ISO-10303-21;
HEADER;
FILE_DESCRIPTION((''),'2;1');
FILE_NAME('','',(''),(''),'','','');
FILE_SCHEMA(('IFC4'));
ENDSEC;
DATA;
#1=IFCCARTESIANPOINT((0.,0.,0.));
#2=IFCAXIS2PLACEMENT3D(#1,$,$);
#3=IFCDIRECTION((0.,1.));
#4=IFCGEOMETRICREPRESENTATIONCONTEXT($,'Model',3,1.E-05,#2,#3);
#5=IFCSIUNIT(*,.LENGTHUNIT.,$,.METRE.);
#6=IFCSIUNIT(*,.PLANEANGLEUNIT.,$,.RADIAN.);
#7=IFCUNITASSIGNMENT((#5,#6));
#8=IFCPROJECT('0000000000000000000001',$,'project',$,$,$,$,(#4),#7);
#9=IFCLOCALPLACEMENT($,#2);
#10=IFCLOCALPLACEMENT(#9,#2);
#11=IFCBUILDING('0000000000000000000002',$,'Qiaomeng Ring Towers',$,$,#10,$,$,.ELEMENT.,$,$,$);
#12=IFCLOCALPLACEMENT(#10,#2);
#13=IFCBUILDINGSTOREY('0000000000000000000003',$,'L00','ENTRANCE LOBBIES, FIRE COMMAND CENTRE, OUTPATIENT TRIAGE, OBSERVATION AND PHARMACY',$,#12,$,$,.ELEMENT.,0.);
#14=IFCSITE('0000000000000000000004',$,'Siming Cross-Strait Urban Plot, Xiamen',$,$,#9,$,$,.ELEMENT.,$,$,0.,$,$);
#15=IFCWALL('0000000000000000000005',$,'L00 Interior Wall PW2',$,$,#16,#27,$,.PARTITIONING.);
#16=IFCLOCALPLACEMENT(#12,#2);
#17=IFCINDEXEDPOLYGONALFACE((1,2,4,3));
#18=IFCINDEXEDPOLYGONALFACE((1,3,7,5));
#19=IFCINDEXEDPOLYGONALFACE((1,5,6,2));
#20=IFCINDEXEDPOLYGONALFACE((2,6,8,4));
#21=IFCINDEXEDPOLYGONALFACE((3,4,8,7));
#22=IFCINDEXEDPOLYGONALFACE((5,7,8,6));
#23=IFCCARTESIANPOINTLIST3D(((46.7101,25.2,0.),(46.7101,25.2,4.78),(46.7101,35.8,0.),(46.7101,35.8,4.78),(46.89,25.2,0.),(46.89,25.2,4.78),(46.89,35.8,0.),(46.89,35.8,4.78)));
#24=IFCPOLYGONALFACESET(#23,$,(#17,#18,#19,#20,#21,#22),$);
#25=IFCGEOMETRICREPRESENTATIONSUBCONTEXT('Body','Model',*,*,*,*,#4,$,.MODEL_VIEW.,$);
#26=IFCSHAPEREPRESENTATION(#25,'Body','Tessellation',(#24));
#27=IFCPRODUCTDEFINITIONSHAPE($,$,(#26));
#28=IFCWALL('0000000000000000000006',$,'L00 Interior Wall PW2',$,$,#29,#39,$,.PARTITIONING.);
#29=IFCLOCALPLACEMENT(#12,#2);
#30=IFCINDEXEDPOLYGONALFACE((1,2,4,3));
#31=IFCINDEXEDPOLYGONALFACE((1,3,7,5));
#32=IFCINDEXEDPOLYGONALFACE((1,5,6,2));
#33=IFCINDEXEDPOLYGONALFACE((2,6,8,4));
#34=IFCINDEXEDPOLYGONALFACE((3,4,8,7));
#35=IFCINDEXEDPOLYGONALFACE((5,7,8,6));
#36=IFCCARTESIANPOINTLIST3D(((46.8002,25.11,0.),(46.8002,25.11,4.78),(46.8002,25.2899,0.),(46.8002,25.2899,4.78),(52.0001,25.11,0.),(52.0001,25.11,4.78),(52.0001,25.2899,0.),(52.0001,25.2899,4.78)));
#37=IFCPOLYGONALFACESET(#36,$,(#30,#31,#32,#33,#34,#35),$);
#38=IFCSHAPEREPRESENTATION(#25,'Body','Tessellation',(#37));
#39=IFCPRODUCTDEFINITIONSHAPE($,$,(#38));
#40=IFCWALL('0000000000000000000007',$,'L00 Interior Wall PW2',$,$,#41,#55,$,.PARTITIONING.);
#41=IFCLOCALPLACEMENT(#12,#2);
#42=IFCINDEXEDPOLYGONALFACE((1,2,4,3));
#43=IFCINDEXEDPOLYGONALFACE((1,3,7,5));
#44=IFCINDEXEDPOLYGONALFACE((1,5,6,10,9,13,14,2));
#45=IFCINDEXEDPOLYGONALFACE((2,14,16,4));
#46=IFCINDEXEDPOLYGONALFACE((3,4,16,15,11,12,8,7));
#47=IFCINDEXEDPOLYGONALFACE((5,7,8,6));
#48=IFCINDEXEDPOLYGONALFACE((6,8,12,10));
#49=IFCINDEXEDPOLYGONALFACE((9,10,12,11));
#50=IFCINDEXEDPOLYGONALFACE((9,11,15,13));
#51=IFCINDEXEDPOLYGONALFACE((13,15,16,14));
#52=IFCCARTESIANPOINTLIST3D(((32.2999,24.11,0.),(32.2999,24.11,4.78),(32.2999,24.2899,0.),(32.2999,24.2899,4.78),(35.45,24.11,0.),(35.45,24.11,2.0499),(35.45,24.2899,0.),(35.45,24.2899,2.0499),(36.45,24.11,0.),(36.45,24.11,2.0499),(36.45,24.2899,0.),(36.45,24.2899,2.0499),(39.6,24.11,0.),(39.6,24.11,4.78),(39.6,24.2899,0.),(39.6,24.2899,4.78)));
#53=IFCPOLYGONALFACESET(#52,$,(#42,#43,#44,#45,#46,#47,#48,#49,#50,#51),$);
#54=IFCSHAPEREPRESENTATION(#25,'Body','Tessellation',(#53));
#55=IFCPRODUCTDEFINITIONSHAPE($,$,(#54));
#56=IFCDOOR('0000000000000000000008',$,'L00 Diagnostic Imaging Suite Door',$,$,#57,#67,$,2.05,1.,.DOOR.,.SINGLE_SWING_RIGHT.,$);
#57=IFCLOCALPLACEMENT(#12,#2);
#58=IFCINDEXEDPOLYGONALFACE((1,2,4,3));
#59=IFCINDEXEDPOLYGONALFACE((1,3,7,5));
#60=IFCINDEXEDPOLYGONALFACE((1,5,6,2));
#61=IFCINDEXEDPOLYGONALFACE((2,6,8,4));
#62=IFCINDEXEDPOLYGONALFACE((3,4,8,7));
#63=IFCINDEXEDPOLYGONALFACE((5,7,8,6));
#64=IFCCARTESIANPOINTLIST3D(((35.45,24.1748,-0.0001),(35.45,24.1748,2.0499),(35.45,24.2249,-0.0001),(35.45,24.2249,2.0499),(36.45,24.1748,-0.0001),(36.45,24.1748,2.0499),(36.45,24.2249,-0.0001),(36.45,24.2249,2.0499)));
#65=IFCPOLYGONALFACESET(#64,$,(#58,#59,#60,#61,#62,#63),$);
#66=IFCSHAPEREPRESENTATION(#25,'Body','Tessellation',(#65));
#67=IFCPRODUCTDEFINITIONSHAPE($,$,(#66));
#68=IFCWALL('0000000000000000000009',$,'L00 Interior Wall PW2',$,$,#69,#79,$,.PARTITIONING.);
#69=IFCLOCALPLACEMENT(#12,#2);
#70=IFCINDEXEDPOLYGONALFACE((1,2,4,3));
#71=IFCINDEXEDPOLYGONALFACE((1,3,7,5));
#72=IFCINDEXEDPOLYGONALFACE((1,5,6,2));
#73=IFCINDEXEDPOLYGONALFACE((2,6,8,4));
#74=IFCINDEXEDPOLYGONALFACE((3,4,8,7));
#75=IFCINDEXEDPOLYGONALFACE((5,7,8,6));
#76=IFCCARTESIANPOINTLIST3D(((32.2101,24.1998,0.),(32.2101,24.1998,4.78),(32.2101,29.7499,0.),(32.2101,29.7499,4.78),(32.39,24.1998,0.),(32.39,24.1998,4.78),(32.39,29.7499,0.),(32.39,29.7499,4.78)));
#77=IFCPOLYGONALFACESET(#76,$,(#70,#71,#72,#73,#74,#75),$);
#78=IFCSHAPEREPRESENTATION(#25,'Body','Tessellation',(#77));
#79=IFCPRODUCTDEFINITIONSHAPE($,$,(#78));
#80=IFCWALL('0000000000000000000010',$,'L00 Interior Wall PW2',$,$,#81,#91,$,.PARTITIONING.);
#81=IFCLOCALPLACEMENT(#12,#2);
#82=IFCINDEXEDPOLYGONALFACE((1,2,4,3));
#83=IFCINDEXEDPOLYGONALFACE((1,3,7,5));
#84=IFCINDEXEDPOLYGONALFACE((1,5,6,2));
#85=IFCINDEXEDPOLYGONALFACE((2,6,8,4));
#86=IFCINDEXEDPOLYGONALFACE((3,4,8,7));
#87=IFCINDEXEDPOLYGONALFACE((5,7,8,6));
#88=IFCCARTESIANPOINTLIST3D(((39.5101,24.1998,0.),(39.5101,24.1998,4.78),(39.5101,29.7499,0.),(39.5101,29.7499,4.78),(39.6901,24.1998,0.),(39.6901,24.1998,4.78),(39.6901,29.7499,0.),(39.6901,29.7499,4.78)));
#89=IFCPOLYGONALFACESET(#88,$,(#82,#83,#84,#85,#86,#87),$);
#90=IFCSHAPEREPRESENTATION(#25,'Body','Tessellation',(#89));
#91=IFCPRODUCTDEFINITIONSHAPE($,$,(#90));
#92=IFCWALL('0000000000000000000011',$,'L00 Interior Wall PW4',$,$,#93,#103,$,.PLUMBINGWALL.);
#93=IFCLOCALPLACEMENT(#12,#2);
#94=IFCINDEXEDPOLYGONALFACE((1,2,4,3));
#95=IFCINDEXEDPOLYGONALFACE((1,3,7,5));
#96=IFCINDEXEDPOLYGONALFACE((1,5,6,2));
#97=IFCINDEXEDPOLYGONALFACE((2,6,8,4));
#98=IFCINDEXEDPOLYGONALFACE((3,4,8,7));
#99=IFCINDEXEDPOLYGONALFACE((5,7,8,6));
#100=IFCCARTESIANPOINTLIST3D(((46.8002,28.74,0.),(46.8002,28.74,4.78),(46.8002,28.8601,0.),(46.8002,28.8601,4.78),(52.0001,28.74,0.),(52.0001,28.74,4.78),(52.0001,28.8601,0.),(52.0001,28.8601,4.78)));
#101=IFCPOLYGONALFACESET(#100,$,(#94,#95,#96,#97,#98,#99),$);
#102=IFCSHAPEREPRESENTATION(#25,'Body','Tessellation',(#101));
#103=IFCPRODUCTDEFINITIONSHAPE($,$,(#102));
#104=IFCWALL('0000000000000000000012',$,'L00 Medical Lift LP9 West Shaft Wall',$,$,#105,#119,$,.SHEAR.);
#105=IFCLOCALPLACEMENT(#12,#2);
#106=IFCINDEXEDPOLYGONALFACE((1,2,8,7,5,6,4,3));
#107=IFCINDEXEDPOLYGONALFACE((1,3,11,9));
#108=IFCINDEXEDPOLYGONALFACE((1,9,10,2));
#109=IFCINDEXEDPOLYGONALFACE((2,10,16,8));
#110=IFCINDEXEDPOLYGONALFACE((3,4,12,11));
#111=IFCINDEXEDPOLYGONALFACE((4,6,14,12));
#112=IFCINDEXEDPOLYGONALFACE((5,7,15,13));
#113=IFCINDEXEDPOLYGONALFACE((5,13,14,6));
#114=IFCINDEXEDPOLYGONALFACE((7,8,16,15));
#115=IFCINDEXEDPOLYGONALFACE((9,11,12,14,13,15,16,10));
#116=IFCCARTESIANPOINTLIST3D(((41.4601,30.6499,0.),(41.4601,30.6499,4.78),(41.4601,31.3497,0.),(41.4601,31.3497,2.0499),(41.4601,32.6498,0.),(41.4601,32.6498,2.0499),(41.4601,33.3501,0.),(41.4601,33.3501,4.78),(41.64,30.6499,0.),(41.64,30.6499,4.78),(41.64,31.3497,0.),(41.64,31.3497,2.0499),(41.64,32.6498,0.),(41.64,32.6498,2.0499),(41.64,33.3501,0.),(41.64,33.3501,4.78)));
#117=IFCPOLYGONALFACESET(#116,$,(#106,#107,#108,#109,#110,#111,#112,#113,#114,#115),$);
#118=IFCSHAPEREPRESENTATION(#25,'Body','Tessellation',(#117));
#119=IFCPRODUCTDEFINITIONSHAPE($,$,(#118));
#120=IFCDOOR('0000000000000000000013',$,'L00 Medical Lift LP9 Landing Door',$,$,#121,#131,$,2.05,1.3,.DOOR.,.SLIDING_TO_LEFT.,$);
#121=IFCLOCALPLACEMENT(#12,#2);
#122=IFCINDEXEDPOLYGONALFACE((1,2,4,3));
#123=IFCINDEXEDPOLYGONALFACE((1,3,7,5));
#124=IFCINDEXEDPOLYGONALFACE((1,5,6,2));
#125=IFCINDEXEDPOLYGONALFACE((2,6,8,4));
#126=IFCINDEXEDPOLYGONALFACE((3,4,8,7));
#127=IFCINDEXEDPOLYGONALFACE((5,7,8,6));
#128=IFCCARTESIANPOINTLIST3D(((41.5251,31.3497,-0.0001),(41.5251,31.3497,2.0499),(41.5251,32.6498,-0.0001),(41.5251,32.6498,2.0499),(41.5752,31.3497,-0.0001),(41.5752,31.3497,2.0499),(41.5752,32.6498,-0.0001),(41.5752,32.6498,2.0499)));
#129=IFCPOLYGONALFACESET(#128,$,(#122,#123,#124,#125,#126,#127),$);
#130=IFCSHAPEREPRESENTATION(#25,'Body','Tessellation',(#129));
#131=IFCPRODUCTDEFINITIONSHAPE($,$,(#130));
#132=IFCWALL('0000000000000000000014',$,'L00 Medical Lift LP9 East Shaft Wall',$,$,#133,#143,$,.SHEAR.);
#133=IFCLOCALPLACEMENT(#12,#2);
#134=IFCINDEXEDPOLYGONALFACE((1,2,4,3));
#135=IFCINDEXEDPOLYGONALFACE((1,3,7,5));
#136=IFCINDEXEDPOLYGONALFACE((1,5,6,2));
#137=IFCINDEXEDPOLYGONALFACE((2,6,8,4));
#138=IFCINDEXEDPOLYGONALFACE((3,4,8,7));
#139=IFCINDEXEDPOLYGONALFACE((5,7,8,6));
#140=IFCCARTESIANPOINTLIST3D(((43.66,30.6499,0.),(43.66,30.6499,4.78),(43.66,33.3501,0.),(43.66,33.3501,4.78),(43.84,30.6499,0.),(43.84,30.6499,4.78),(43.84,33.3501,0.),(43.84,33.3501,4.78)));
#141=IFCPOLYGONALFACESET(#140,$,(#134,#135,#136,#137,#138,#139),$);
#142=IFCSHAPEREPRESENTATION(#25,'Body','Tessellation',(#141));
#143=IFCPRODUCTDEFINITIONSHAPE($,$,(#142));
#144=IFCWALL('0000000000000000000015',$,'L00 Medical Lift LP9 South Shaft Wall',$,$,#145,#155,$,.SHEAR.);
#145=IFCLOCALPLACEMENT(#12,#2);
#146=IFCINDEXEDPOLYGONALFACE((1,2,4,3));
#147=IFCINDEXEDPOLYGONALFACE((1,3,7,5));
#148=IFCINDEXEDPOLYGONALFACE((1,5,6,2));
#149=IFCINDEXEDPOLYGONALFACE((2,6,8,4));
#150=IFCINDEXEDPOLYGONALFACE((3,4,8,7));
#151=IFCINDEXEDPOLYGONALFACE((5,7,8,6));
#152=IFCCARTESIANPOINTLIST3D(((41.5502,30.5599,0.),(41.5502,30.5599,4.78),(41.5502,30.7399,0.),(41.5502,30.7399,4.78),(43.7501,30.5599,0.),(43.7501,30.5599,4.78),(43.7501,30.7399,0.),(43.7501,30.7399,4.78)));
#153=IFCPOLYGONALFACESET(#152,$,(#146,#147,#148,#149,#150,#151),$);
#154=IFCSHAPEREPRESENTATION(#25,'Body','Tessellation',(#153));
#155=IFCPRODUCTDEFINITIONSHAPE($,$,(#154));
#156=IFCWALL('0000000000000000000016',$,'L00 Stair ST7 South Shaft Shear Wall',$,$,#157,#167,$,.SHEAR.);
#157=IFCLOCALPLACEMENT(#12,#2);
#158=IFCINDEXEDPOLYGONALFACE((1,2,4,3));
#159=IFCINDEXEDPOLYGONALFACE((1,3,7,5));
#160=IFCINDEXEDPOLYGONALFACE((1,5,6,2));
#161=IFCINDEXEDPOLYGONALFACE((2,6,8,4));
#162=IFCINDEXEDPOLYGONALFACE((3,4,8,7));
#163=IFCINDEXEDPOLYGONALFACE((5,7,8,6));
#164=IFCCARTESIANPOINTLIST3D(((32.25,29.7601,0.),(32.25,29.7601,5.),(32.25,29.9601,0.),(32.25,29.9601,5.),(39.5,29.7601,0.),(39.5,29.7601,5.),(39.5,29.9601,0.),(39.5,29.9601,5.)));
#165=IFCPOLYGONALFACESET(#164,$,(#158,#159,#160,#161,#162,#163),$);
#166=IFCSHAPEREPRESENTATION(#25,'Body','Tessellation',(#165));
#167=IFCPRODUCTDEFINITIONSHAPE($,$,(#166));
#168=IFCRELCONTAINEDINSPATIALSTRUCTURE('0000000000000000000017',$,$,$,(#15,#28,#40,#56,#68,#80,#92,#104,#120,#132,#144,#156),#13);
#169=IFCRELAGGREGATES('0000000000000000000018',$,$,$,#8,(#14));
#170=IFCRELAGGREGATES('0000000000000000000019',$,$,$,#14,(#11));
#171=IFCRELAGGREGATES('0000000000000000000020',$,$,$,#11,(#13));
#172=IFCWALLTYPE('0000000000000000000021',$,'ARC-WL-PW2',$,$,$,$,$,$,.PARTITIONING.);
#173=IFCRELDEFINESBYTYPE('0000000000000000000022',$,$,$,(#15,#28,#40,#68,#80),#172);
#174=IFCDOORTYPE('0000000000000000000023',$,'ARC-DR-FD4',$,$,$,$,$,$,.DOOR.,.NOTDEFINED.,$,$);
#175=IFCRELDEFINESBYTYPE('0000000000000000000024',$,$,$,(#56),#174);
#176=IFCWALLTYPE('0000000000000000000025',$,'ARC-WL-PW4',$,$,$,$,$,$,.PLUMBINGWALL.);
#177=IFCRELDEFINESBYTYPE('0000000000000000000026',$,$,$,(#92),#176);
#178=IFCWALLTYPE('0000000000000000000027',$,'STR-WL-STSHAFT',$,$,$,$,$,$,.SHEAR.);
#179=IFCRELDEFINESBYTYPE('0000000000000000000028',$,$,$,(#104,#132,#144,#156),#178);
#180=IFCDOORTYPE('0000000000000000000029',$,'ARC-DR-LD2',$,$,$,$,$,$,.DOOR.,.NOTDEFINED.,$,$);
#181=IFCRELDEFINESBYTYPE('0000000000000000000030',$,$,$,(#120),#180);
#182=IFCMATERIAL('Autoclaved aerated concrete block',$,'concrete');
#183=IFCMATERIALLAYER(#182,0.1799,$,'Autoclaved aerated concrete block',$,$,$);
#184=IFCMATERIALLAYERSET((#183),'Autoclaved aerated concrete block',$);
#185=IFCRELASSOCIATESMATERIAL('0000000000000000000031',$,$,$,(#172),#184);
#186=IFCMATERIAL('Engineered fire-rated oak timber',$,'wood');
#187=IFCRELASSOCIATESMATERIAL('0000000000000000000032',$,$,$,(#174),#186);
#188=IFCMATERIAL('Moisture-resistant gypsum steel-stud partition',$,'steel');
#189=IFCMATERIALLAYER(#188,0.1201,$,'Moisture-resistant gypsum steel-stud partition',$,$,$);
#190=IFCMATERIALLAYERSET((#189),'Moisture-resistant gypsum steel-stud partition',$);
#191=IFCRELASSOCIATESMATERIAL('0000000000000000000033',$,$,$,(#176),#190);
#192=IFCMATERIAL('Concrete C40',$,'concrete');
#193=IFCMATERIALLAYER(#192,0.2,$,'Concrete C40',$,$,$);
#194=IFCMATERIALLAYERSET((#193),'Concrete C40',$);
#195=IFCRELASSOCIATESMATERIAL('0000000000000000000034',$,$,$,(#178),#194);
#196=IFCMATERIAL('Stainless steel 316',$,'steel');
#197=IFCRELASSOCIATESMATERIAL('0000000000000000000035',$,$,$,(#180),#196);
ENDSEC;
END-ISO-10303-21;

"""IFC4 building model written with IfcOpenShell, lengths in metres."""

from ifc_helpers import new_model, si_unit, direction, frame, frame_2d, origin, place, context, subcontext, project, spatial, rectangle, extrude, source, transform, mapped, material, layer, layer_set, type_object, element, fill, save


model = new_model("IFC4")

# Units and contexts
model_context = context("Model", 3, precision=1e-05, world=origin(), true_north=direction((0.0, 1.0)))
body_context = subcontext(model_context, "Body", "Model", "MODEL_VIEW")
ifc_project = project(units=[si_unit("LENGTHUNIT", "METRE"), si_unit("PLANEANGLEUNIT", "RADIAN")], contexts=[model_context])

# Site, building, storey
site_placement = place(None, origin())
site = spatial("IfcSite", under=ifc_project, at=site_placement, Name="Siming Cross-Strait Urban Plot, Xiamen", CompositionType="ELEMENT", RefElevation=0.0)
building_placement = place(site_placement, origin())
building = spatial("IfcBuilding", under=site, at=building_placement, Name="Qiaomeng Ring Towers", CompositionType="ELEMENT")
storey_placement = place(building_placement, origin())
storey = spatial("IfcBuildingStorey", under=building, at=storey_placement, Name="L00", Description="ENTRANCE LOBBIES, FIRE COMMAND CENTRE, OUTPATIENT TRIAGE, OBSERVATION AND PHARMACY", CompositionType="ELEMENT", Elevation=0.0)

# Shared definitions
ifc_material_1 = material(Name="Autoclaved aerated concrete block", Category="concrete")

# Walls
ifc_layer_1 = layer(ifc_material_1, 0.1799, Name="Autoclaved aerated concrete block")
ifc_layer_set_1 = layer_set([ifc_layer_1], Name="Autoclaved aerated concrete block")
wall_type_1 = type_object("IfcWallType", Name="ARC-WL-PW2", PredefinedType="PARTITIONING", material=ifc_layer_set_1)
wall_1_placement = place(storey_placement, frame((46.8, 25.2, 0.0), z_axis=(0.0, 0.0, 1.0), x_axis=(0.0, 1.0, 0.0)))
element("IfcWall", 1, at=wall_1_placement, inside=storey, type_object=wall_type_1, Name="L00 Interior Wall PW2", PredefinedType="PARTITIONING", context=body_context, shape_type="SweptSolid", body=[
    extrude(rectangle(XDim=10.6001, YDim=0.1799, at=frame_2d((5.3, 0.0))), origin(), (0.0, 0.0, 1.0), 4.78),
])
wall_2_placement = place(storey_placement, frame((46.8, 25.2, 0.0), z_axis=(0.0, 0.0, 1.0), x_axis=(1.0, 0.0, 0.0)))
element("IfcWall", 2, at=wall_2_placement, inside=storey, type_object=wall_type_1, Name="L00 Interior Wall PW2", PredefinedType="PARTITIONING", context=body_context, shape_type="SweptSolid", body=[
    extrude(rectangle(XDim=5.2, YDim=0.1799, at=frame_2d((2.6001, 0.0))), origin(), (0.0, 0.0, 1.0), 4.78),
])

# Wall, opening, door
wall_3_placement = place(storey_placement, frame((32.3, 24.2, 0.0), z_axis=(0.0, 0.0, 1.0), x_axis=(1.0, 0.0, 0.0)))
wall_3 = element("IfcWall", 3, at=wall_3_placement, inside=storey, type_object=wall_type_1, Name="L00 Interior Wall PW2", PredefinedType="PARTITIONING", context=body_context, shape_type="SweptSolid", body=[
    extrude(rectangle(XDim=7.3, YDim=0.1799, at=frame_2d((3.6499, 0.0))), origin(), (0.0, 0.0, 1.0), 4.78),
])
opening_1_placement = place(wall_3_placement, frame((3.1499, 0.0, 0.0)))
opening_1 = element("IfcOpeningElement", 4, at=opening_1_placement, cuts=wall_3, PredefinedType="OPENING", context=body_context, shape_type="SweptSolid", body=[
    extrude(rectangle(XDim=1.0, YDim=2.05, at=frame_2d((0.5, 1.0249))), frame((0.0, 0.0999, 0.0), z_axis=(0.0, -1.0, 0.0), x_axis=(1.0, 0.0, 0.0)), (0.0, 0.0, 1.0), 0.2),
])
ifc_material_2 = material(Name="Engineered fire-rated oak timber", Category="wood")
door_type_1 = type_object("IfcDoorType", Name="ARC-DR-FD4", OperationType="NOTDEFINED", PredefinedType="DOOR", material=ifc_material_2)
shared_shape_1 = source(origin(), body_context, "Body", "SweptSolid", [
    extrude(rectangle(XDim=1.0, YDim=2.05, at=frame_2d((0.5, 1.0249))), frame((0.0, 0.0249, 0.0), z_axis=(0.0, -1.0, 0.0), x_axis=(1.0, 0.0, 0.0)), (0.0, 0.0, 1.0), 0.05),
])
door_1_placement = place(opening_1_placement, origin())
door_1 = element("IfcDoor", 5, at=door_1_placement, inside=storey, type_object=door_type_1, Name="L00 Diagnostic Imaging Suite Door", OperationType="SINGLE_SWING_RIGHT", OverallHeight=2.05, OverallWidth=1.0, PredefinedType="DOOR", context=body_context, shape_type="MappedRepresentation", body=[
    mapped(shared_shape_1, transform((0.0, 0.0, 0.0), x_axis=(1.0, 0.0, 0.0), y_axis=(0.0, 1.0, 0.0), z_axis=(0.0, 0.0, 1.0), scale=1.0)),
])
fill(opening_1, door_1)

# Walls
for number, where, z_axis, x_axis, name in (
    (6, (32.3, 24.2, 0.0), (0.0, 0.0, 1.0), (0.0, 1.0, 0.0), "L00 Interior Wall PW2"),
    (7, (39.6001, 24.2, 0.0), (0.0, 0.0, 1.0), (0.0, 1.0, 0.0), "L00 Interior Wall PW2"),
):
    element("IfcWall", number, at=place(storey_placement, frame(where, z_axis=z_axis, x_axis=x_axis)), inside=storey, type_object=wall_type_1, Name=name, PredefinedType="PARTITIONING", context=body_context, shape_type="SweptSolid", body=[
        extrude(rectangle(XDim=5.55, YDim=0.1799, at=frame_2d((2.7749, 0.0))), origin(), (0.0, 0.0, 1.0), 4.78),
    ])
ifc_material_3 = material(Name="Moisture-resistant gypsum steel-stud partition", Category="steel")
ifc_layer_2 = layer(ifc_material_3, 0.1201, Name="Moisture-resistant gypsum steel-stud partition")
ifc_layer_set_2 = layer_set([ifc_layer_2], Name="Moisture-resistant gypsum steel-stud partition")
wall_type_2 = type_object("IfcWallType", Name="ARC-WL-PW4", PredefinedType="PLUMBINGWALL", material=ifc_layer_set_2)
wall_4_placement = place(storey_placement, frame((46.8, 28.8, 0.0), z_axis=(0.0, 0.0, 1.0), x_axis=(1.0, 0.0, 0.0)))
element("IfcWall", 8, at=wall_4_placement, inside=storey, type_object=wall_type_2, Name="L00 Interior Wall PW4", PredefinedType="PLUMBINGWALL", context=body_context, shape_type="SweptSolid", body=[
    extrude(rectangle(XDim=5.2, YDim=0.1201, at=frame_2d((2.6001, 0.0))), origin(), (0.0, 0.0, 1.0), 4.78),
])

# Wall, opening, door
ifc_material_4 = material(Name="Concrete C40", Category="concrete")
ifc_layer_3 = layer(ifc_material_4, 0.2, Name="Concrete C40")
ifc_layer_set_3 = layer_set([ifc_layer_3], Name="Concrete C40")
wall_type_3 = type_object("IfcWallType", Name="STR-WL-STSHAFT", PredefinedType="SHEAR", material=ifc_layer_set_3)
wall_5_placement = place(storey_placement, frame((41.55, 30.6499, 0.0), z_axis=(0.0, 0.0, 1.0), x_axis=(0.0, 1.0, 0.0)))
wall_5 = element("IfcWall", 9, at=wall_5_placement, inside=storey, type_object=wall_type_3, Name="L00 Medical Lift LP9 West Shaft Wall", PredefinedType="SHEAR", context=body_context, shape_type="SweptSolid", body=[
    extrude(rectangle(XDim=2.7002, YDim=0.1799, at=frame_2d((1.3501, 0.0))), origin(), (0.0, 0.0, 1.0), 4.78),
])
opening_2_placement = place(wall_5_placement, frame((0.7, 0.0, 0.0)))
opening_2 = element("IfcOpeningElement", 10, at=opening_2_placement, cuts=wall_5, PredefinedType="OPENING", context=body_context, shape_type="SweptSolid", body=[
    extrude(rectangle(XDim=1.3, YDim=2.05, at=frame_2d((0.6499, 1.0249))), frame((0.0, 0.0999, 0.0), z_axis=(0.0, -1.0, 0.0), x_axis=(1.0, 0.0, 0.0)), (0.0, 0.0, 1.0), 0.2),
])
ifc_material_5 = material(Name="Stainless steel 316", Category="steel")
door_type_2 = type_object("IfcDoorType", Name="ARC-DR-LD2", OperationType="NOTDEFINED", PredefinedType="DOOR", material=ifc_material_5)
shared_shape_2 = source(origin(), body_context, "Body", "SweptSolid", [
    extrude(rectangle(XDim=1.3, YDim=2.05, at=frame_2d((0.6499, 1.0249))), frame((0.0, 0.0249, 0.0), z_axis=(0.0, -1.0, 0.0), x_axis=(1.0, 0.0, 0.0)), (0.0, 0.0, 1.0), 0.05),
])
door_2_placement = place(opening_2_placement, origin())
door_2 = element("IfcDoor", 11, at=door_2_placement, inside=storey, type_object=door_type_2, Name="L00 Medical Lift LP9 Landing Door", OperationType="SLIDING_TO_LEFT", OverallHeight=2.05, OverallWidth=1.3, PredefinedType="DOOR", context=body_context, shape_type="MappedRepresentation", body=[
    mapped(shared_shape_2, transform((0.0, 0.0, 0.0), x_axis=(1.0, 0.0, 0.0), y_axis=(0.0, 1.0, 0.0), z_axis=(0.0, 0.0, 1.0), scale=1.0)),
])
fill(opening_2, door_2)

# Walls
wall_6_placement = place(storey_placement, frame((43.75, 30.6499, 0.0), z_axis=(0.0, 0.0, 1.0), x_axis=(0.0, 1.0, 0.0)))
element("IfcWall", 12, at=wall_6_placement, inside=storey, type_object=wall_type_3, Name="L00 Medical Lift LP9 East Shaft Wall", PredefinedType="SHEAR", context=body_context, shape_type="SweptSolid", body=[
    extrude(rectangle(XDim=2.7002, YDim=0.1799, at=frame_2d((1.3501, 0.0))), origin(), (0.0, 0.0, 1.0), 4.78),
])
wall_7_placement = place(storey_placement, frame((41.55, 30.6499, 0.0), z_axis=(0.0, 0.0, 1.0), x_axis=(1.0, 0.0, 0.0)))
element("IfcWall", 13, at=wall_7_placement, inside=storey, type_object=wall_type_3, Name="L00 Medical Lift LP9 South Shaft Wall", PredefinedType="SHEAR", context=body_context, shape_type="SweptSolid", body=[
    extrude(rectangle(XDim=2.2, YDim=0.1799, at=frame_2d((1.1001, 0.0))), origin(), (0.0, 0.0, 1.0), 4.78),
])
wall_8_placement = place(storey_placement, frame((32.25, 29.8601, 0.0), z_axis=(0.0, 0.0, 1.0), x_axis=(1.0, 0.0, 0.0)))
element("IfcWall", 14, at=wall_8_placement, inside=storey, type_object=wall_type_3, Name="L00 Stair ST7 South Shaft Shear Wall", PredefinedType="SHEAR", context=body_context, shape_type="SweptSolid", body=[
    extrude(rectangle(XDim=7.25, YDim=0.2, at=frame_2d((3.625, 0.0))), origin(), (0.0, 0.0, 1.0), 5.0),
])

save(model, "model.ifc")
